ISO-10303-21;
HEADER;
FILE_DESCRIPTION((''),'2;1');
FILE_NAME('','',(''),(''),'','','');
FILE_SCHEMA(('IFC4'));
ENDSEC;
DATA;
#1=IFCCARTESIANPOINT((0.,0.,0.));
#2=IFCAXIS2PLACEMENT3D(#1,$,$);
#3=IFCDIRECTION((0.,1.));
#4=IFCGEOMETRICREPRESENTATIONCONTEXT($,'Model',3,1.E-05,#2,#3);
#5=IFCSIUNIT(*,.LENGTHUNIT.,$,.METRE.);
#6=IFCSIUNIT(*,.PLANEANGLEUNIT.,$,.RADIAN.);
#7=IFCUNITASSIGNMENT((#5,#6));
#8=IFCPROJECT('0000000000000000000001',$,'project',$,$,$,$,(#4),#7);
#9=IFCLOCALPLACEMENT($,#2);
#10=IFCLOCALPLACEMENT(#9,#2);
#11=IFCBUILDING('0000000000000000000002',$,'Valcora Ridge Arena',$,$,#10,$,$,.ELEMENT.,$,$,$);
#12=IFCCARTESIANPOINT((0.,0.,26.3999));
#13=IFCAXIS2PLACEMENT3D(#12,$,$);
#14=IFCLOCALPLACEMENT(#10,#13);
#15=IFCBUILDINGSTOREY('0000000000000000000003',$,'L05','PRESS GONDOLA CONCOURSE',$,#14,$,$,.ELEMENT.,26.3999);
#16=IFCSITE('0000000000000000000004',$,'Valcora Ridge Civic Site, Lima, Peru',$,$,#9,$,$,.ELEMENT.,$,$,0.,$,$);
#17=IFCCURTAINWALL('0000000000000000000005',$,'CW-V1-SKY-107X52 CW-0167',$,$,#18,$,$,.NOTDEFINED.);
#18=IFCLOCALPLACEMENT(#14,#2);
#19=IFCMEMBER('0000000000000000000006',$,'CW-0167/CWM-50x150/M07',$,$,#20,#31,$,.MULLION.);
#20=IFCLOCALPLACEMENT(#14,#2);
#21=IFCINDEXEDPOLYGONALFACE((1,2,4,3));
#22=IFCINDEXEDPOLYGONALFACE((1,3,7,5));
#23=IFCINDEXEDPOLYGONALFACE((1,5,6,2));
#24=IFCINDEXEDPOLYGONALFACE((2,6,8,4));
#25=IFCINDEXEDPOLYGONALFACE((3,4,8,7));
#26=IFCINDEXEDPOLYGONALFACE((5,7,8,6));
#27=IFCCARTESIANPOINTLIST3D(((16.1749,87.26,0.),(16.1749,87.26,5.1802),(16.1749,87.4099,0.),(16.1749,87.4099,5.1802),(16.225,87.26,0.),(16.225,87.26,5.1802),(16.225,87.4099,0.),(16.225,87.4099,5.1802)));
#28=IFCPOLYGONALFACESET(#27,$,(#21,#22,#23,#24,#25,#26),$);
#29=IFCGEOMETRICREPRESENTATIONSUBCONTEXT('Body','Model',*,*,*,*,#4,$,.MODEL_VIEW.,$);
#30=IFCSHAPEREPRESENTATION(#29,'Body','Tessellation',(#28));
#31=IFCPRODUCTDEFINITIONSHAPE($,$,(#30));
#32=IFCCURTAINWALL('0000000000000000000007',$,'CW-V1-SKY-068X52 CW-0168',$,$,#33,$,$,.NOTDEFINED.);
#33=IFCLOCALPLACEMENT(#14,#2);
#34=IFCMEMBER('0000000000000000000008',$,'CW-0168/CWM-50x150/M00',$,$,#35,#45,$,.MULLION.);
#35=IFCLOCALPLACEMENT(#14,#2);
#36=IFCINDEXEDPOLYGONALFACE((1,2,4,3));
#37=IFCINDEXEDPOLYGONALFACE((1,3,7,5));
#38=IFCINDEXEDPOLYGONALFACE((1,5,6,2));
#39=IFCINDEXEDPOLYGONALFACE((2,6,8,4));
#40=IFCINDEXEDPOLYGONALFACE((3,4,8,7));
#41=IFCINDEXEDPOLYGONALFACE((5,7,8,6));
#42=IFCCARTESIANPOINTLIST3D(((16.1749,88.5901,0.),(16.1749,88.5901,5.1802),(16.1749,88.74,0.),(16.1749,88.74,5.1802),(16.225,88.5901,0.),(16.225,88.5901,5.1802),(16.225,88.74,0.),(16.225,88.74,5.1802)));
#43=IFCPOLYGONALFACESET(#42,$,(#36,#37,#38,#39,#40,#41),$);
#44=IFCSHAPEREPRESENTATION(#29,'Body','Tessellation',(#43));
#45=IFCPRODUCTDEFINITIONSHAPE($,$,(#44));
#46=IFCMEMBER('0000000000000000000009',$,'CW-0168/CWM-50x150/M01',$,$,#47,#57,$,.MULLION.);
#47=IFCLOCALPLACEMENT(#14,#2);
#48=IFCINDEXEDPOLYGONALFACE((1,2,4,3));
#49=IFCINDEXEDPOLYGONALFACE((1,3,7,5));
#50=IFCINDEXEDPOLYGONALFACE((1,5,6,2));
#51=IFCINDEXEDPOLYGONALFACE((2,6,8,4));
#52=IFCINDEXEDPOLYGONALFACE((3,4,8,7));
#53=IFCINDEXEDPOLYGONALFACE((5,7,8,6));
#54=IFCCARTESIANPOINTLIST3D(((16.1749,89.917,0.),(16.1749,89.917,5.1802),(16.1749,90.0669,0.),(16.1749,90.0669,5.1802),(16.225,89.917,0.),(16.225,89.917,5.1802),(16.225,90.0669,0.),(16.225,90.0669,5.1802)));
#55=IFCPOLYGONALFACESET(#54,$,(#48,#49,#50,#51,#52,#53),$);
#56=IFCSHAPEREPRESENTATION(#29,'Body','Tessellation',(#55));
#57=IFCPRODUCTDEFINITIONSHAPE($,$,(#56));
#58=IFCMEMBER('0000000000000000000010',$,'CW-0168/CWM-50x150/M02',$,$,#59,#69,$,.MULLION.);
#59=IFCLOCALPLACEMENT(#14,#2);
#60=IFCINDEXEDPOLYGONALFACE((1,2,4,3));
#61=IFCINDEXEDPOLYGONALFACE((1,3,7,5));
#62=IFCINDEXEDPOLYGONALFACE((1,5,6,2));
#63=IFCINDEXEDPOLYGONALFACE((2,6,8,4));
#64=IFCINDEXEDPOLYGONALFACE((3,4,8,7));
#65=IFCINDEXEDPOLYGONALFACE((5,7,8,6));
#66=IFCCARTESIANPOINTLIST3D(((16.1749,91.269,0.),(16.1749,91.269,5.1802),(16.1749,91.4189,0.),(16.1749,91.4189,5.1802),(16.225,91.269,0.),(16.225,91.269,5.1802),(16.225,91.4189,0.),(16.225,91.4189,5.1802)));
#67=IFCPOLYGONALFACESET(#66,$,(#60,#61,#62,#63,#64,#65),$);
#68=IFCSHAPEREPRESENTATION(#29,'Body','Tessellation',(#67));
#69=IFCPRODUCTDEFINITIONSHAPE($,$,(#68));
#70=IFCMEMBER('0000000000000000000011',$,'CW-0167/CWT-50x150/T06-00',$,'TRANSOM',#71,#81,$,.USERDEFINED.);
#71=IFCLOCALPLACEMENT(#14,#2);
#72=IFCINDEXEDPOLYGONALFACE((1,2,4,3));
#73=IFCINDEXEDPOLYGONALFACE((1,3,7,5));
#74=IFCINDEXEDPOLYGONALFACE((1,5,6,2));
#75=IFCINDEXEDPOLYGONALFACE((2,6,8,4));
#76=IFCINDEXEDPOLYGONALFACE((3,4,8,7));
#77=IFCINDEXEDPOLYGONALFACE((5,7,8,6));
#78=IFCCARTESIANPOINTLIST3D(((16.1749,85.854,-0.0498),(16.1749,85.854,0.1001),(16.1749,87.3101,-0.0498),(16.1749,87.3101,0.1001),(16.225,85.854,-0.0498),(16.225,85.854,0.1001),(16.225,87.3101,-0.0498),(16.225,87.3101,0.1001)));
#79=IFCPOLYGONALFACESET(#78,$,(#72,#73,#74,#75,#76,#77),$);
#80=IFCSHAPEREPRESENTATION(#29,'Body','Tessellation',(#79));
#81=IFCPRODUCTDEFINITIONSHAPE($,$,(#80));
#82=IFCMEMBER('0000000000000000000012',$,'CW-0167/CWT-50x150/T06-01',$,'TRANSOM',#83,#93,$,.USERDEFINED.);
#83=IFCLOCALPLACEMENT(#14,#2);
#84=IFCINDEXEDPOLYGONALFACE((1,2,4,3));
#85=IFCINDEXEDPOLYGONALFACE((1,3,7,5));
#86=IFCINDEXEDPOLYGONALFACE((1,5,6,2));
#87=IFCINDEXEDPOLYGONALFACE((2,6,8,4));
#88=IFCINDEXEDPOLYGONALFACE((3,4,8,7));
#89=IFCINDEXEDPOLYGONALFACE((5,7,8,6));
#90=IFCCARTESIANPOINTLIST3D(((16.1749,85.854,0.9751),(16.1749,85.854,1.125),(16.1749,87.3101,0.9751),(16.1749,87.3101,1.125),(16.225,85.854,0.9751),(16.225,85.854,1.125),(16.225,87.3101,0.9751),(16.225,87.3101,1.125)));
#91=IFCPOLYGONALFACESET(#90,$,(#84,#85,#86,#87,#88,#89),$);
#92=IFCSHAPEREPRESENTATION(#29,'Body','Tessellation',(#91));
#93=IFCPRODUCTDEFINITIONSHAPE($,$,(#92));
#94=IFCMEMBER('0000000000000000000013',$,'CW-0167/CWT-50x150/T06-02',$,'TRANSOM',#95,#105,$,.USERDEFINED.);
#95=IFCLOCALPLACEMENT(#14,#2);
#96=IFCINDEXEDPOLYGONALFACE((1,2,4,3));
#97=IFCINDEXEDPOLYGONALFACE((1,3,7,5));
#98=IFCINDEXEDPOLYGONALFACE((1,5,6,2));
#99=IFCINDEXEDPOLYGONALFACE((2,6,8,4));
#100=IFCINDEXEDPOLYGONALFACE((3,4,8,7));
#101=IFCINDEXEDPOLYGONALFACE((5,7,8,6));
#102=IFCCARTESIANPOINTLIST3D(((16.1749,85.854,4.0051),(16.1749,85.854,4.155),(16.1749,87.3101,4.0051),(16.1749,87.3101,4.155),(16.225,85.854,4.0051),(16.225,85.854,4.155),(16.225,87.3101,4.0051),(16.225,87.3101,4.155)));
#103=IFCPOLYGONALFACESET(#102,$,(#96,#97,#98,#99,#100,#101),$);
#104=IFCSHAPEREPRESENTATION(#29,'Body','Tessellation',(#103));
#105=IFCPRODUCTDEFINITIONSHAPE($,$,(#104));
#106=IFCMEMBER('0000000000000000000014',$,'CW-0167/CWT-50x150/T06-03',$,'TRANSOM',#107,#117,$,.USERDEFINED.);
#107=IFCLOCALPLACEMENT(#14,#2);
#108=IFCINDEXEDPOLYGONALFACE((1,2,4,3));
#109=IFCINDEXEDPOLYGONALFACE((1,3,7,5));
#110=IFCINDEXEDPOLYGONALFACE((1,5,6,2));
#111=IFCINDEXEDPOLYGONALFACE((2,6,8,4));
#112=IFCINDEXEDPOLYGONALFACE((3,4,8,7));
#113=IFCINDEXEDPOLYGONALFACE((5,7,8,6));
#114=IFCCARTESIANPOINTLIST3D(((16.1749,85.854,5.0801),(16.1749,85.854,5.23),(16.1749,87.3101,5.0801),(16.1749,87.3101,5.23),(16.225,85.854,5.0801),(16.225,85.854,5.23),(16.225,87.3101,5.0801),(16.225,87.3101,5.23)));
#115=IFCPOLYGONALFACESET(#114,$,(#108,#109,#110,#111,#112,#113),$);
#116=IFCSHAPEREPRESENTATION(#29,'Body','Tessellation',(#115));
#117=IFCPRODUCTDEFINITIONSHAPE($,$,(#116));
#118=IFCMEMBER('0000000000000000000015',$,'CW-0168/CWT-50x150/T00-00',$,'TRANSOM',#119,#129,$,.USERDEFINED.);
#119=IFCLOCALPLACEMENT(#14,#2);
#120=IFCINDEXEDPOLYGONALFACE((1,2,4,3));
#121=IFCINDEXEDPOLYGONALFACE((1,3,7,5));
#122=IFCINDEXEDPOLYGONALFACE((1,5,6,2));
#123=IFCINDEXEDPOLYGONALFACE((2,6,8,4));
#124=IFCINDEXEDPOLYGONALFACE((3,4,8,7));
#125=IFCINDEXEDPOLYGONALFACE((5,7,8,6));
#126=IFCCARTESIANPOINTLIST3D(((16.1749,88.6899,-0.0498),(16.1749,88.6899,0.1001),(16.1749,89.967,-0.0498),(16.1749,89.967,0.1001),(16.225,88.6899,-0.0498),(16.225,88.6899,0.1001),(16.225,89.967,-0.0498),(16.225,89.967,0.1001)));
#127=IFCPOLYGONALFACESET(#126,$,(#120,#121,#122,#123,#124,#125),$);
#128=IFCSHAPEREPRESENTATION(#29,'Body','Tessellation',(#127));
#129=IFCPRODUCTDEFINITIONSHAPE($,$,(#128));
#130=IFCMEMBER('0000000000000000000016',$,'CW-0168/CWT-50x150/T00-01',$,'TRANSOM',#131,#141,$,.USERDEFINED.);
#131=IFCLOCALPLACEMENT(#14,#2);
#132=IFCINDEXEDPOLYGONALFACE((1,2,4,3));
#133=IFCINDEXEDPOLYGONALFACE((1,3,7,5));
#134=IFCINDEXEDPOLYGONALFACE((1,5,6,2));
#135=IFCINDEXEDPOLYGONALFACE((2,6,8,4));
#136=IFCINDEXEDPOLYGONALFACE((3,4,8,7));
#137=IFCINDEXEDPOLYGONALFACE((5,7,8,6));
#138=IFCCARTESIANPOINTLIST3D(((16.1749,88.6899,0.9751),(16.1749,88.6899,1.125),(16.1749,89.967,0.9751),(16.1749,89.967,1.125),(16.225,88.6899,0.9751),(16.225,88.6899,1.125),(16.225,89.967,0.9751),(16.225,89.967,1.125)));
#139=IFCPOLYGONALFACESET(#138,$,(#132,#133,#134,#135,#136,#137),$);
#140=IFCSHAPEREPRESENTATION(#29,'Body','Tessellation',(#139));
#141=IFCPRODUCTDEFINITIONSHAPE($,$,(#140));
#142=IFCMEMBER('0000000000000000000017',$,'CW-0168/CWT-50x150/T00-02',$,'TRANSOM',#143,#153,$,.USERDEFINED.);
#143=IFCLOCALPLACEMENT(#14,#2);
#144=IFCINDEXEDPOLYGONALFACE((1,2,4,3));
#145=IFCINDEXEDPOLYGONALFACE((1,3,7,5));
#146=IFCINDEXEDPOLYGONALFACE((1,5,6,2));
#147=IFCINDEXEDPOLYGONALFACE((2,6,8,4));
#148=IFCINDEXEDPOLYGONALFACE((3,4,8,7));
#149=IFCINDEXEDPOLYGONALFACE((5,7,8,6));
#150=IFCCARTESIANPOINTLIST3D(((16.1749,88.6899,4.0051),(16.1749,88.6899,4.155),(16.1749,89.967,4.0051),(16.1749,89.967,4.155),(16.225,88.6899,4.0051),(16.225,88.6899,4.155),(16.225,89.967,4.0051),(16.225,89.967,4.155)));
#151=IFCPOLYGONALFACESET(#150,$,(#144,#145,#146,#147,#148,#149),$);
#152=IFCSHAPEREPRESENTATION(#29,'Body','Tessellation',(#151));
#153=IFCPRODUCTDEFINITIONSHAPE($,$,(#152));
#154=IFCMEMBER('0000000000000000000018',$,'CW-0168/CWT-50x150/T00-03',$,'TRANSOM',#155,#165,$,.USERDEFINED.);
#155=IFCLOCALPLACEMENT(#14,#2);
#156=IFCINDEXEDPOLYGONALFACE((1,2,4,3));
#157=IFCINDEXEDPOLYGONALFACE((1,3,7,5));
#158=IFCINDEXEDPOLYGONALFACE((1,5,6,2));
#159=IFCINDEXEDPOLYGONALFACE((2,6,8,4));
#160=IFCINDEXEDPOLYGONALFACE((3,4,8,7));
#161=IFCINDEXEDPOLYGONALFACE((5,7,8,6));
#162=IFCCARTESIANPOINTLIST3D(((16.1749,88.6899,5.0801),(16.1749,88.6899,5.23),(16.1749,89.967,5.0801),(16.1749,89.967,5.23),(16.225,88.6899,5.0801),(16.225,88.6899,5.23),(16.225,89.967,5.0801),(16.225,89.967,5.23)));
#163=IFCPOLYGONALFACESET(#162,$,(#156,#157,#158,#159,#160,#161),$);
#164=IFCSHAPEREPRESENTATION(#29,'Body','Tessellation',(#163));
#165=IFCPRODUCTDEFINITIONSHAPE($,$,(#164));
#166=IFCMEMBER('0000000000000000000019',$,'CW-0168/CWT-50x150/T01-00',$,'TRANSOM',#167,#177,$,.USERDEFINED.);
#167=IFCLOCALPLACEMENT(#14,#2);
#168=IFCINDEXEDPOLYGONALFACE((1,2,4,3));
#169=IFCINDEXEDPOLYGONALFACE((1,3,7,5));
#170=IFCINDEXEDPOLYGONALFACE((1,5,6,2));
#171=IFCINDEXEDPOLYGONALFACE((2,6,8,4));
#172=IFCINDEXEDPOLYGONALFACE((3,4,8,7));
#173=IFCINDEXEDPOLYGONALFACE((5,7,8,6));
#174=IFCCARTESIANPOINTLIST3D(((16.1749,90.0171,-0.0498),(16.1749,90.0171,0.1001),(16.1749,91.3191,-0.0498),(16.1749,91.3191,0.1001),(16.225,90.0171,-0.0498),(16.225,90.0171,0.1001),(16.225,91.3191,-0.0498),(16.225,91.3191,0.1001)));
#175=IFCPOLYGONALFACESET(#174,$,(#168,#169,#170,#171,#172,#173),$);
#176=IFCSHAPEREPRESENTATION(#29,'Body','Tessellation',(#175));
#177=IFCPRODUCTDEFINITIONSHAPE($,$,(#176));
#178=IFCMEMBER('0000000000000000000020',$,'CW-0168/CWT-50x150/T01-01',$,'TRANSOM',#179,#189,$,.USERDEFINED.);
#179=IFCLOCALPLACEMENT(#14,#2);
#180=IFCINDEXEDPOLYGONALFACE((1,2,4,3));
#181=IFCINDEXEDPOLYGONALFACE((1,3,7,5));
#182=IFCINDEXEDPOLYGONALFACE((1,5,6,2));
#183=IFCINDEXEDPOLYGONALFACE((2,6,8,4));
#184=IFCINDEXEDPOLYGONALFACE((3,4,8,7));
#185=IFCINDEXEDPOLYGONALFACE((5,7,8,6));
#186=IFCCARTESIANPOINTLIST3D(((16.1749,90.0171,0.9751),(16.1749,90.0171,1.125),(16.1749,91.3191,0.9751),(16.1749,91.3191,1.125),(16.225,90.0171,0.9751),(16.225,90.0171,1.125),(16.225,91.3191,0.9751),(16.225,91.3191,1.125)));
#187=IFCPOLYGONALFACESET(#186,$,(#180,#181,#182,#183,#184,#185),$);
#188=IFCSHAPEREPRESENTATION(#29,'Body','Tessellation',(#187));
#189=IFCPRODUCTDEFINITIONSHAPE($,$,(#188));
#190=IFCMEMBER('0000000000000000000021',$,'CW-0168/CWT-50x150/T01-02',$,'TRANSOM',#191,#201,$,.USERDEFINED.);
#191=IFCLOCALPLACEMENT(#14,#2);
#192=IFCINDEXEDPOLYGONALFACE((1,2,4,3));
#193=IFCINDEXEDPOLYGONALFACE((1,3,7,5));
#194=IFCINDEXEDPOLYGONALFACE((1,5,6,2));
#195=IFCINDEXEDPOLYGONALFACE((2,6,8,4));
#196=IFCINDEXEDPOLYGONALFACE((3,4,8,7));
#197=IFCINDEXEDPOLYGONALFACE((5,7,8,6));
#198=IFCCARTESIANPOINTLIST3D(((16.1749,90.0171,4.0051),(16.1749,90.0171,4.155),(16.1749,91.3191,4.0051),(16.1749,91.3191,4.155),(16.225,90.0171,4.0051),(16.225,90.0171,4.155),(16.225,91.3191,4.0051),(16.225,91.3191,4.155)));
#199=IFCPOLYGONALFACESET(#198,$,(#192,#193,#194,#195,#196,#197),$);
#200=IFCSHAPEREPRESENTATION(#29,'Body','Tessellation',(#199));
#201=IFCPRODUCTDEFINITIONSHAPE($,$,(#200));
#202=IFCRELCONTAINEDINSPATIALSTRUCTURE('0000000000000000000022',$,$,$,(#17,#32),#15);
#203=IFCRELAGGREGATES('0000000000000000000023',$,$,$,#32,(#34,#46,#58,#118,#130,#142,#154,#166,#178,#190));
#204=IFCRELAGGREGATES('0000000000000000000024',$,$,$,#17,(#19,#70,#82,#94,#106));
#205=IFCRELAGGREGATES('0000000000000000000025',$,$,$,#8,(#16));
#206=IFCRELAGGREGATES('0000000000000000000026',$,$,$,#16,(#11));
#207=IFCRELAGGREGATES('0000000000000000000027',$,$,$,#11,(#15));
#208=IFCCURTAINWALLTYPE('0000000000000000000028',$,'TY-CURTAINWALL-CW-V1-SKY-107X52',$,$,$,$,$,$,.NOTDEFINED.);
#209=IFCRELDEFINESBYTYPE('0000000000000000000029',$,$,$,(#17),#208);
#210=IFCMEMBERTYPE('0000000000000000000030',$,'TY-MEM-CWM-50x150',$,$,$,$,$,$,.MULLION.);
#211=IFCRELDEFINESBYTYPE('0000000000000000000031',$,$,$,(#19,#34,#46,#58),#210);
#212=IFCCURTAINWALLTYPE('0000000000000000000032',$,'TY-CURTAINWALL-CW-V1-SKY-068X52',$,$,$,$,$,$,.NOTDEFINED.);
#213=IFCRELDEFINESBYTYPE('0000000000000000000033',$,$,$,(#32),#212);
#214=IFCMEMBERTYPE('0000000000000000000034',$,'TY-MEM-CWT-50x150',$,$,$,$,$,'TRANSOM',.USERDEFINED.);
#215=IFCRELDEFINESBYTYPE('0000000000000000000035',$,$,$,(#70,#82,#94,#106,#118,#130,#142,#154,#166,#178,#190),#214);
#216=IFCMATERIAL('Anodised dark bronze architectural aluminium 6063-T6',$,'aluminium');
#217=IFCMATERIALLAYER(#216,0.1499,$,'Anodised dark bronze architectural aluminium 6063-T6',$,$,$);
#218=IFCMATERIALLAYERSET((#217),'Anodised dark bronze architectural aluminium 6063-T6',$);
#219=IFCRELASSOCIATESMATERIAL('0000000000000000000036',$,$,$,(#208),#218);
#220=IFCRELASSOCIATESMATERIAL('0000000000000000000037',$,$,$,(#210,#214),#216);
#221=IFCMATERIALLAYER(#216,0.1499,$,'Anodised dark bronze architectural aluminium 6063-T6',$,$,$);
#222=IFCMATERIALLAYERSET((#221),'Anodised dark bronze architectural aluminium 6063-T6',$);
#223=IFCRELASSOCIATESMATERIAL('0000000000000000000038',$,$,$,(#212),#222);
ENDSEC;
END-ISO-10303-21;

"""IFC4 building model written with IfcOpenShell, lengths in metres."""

from ifc_helpers import new_model, si_unit, direction, frame, origin, origin_2d, place, context, subcontext, project, spatial, rectangle, extrude, material, layer, layer_set, material_profile, profile_set, type_object, element, aggregate, save


model = new_model("IFC4")

# Units and contexts
model_context = context("Model", 3, precision=1e-05, world=origin(), true_north=direction((0.0, 1.0)))
body_context = subcontext(model_context, "Body", "Model", "MODEL_VIEW")
ifc_project = project(units=[si_unit("LENGTHUNIT", "METRE"), si_unit("PLANEANGLEUNIT", "RADIAN")], contexts=[model_context])

# Site, building, storey
site_placement = place(None, origin())
site = spatial("IfcSite", under=ifc_project, at=site_placement, Name="Valcora Ridge Civic Site, Lima, Peru", CompositionType="ELEMENT", RefElevation=0.0)
building_placement = place(site_placement, origin())
building = spatial("IfcBuilding", under=site, at=building_placement, Name="Valcora Ridge Arena", CompositionType="ELEMENT")
storey_placement = place(building_placement, frame((0.0, 0.0, 26.3999)))
storey = spatial("IfcBuildingStorey", under=building, at=storey_placement, Name="L05", Description="PRESS GONDOLA CONCOURSE", CompositionType="ELEMENT", Elevation=26.3999)

# Curtain wall, member
ifc_material_1 = material(Name="Anodised dark bronze architectural aluminium 6063-T6", Category="aluminium")
ifc_layer_1 = layer(ifc_material_1, 0.1499, Name="Anodised dark bronze architectural aluminium 6063-T6")
ifc_layer_set_1 = layer_set([ifc_layer_1], Name="Anodised dark bronze architectural aluminium 6063-T6")
curtain_wall_type_1 = type_object("IfcCurtainWallType", Name="TY-CURTAINWALL-CW-V1-SKY-107X52", PredefinedType="NOTDEFINED", material=ifc_layer_set_1)
curtain_wall_1_placement = place(storey_placement, origin())
curtain_wall_1 = element("IfcCurtainWall", 1, at=curtain_wall_1_placement, inside=storey, type_object=curtain_wall_type_1, Name="CW-V1-SKY-107X52 CW-0167", PredefinedType="NOTDEFINED")
ifc_material_profile_1 = material_profile(ifc_material_1, rectangle(XDim=0.05, YDim=0.1499, at=origin_2d()), Name="ALU MULLION 50x150")
ifc_profile_set_1 = profile_set([ifc_material_profile_1], Name="Anodised dark bronze architectural aluminium 6063-T6")
member_type_1 = type_object("IfcMemberType", Name="TY-MEM-CWM-50x150", PredefinedType="MULLION", material=ifc_profile_set_1)
member_1_placement = place(storey_placement, frame((16.2, 87.335, 0.0), z_axis=(0.0, 0.0, 1.0), x_axis=(-1.0, 0.0, 0.0)))
member_1 = element("IfcMember", 2, at=member_1_placement, type_object=member_type_1, Name="CW-0167/CWM-50x150/M07", PredefinedType="MULLION", context=body_context, shape_type="SweptSolid", body=[
    extrude(rectangle(XDim=0.05, YDim=0.1499, at=origin_2d()), origin(), (0.0, 0.0, 1.0), 5.1802),
])

# Curtain wall, members
ifc_layer_2 = layer(ifc_material_1, 0.1499, Name="Anodised dark bronze architectural aluminium 6063-T6")
ifc_layer_set_2 = layer_set([ifc_layer_2], Name="Anodised dark bronze architectural aluminium 6063-T6")
curtain_wall_type_2 = type_object("IfcCurtainWallType", Name="TY-CURTAINWALL-CW-V1-SKY-068X52", PredefinedType="NOTDEFINED", material=ifc_layer_set_2)
curtain_wall_2_placement = place(storey_placement, origin())
curtain_wall_2 = element("IfcCurtainWall", 3, at=curtain_wall_2_placement, inside=storey, type_object=curtain_wall_type_2, Name="CW-V1-SKY-068X52 CW-0168", PredefinedType="NOTDEFINED")
member_2_placement = place(storey_placement, frame((16.2, 88.665, 0.0), z_axis=(0.0, 0.0, 1.0), x_axis=(-1.0, 0.0, 0.0)))
member_2 = element("IfcMember", 4, at=member_2_placement, type_object=member_type_1, Name="CW-0168/CWM-50x150/M00", PredefinedType="MULLION", context=body_context, shape_type="SweptSolid", body=[
    extrude(rectangle(XDim=0.05, YDim=0.1499, at=origin_2d()), origin(), (0.0, 0.0, 1.0), 5.1802),
])
member_3_placement = place(storey_placement, frame((16.2, 89.9919, 0.0), z_axis=(0.0, 0.0, 1.0), x_axis=(-1.0, 0.0, 0.0)))
member_3 = element("IfcMember", 5, at=member_3_placement, type_object=member_type_1, Name="CW-0168/CWM-50x150/M01", PredefinedType="MULLION", context=body_context, shape_type="SweptSolid", body=[
    extrude(rectangle(XDim=0.05, YDim=0.1499, at=origin_2d()), origin(), (0.0, 0.0, 1.0), 5.1802),
])
member_4_placement = place(storey_placement, frame((16.2, 91.344, 0.0), z_axis=(0.0, 0.0, 1.0), x_axis=(-1.0, 0.0, 0.0)))
member_4 = element("IfcMember", 6, at=member_4_placement, type_object=member_type_1, Name="CW-0168/CWM-50x150/M02", PredefinedType="MULLION", context=body_context, shape_type="SweptSolid", body=[
    extrude(rectangle(XDim=0.05, YDim=0.1499, at=origin_2d()), origin(), (0.0, 0.0, 1.0), 5.1802),
])

# Members
ifc_material_profile_2 = material_profile(ifc_material_1, rectangle(XDim=0.05, YDim=0.1499, at=origin_2d()), Name="ALU TRANSOM 50x150")
ifc_profile_set_2 = profile_set([ifc_material_profile_2], Name="Anodised dark bronze architectural aluminium 6063-T6")
member_type_2 = type_object("IfcMemberType", Name="TY-MEM-CWT-50x150", ElementType="TRANSOM", PredefinedType="USERDEFINED", material=ifc_profile_set_2)
member_5_placement = place(storey_placement, frame((16.2, 85.854, 0.0251), z_axis=(0.0, 1.0, 0.0), x_axis=(-1.0, 0.0, 0.0)))
member_5 = element("IfcMember", 7, at=member_5_placement, type_object=member_type_2, Name="CW-0167/CWT-50x150/T06-00", ObjectType="TRANSOM", PredefinedType="USERDEFINED", context=body_context, shape_type="SweptSolid", body=[
    extrude(rectangle(XDim=0.05, YDim=0.1499, at=origin_2d()), origin(), (0.0, 0.0, 1.0), 1.4561),
])
member_6_placement = place(storey_placement, frame((16.2, 85.854, 1.05), z_axis=(0.0, 1.0, 0.0), x_axis=(-1.0, 0.0, 0.0)))
member_6 = element("IfcMember", 8, at=member_6_placement, type_object=member_type_2, Name="CW-0167/CWT-50x150/T06-01", ObjectType="TRANSOM", PredefinedType="USERDEFINED", context=body_context, shape_type="SweptSolid", body=[
    extrude(rectangle(XDim=0.05, YDim=0.1499, at=origin_2d()), origin(), (0.0, 0.0, 1.0), 1.4561),
])
member_7_placement = place(storey_placement, frame((16.2, 85.854, 4.0801), z_axis=(0.0, 1.0, 0.0), x_axis=(-1.0, 0.0, 0.0)))
member_7 = element("IfcMember", 9, at=member_7_placement, type_object=member_type_2, Name="CW-0167/CWT-50x150/T06-02", ObjectType="TRANSOM", PredefinedType="USERDEFINED", context=body_context, shape_type="SweptSolid", body=[
    extrude(rectangle(XDim=0.05, YDim=0.1499, at=origin_2d()), origin(), (0.0, 0.0, 1.0), 1.4561),
])
member_8_placement = place(storey_placement, frame((16.2, 85.854, 5.155), z_axis=(0.0, 1.0, 0.0), x_axis=(-1.0, 0.0, 0.0)))
member_8 = element("IfcMember", 10, at=member_8_placement, type_object=member_type_2, Name="CW-0167/CWT-50x150/T06-03", ObjectType="TRANSOM", PredefinedType="USERDEFINED", context=body_context, shape_type="SweptSolid", body=[
    extrude(rectangle(XDim=0.05, YDim=0.1499, at=origin_2d()), origin(), (0.0, 0.0, 1.0), 1.4561),
])
member_9_placement = place(storey_placement, frame((16.2, 88.6899, 0.0251), z_axis=(0.0, 1.0, 0.0), x_axis=(-1.0, 0.0, 0.0)))
member_9 = element("IfcMember", 11, at=member_9_placement, type_object=member_type_2, Name="CW-0168/CWT-50x150/T00-00", ObjectType="TRANSOM", PredefinedType="USERDEFINED", context=body_context, shape_type="SweptSolid", body=[
    extrude(rectangle(XDim=0.05, YDim=0.1499, at=origin_2d()), origin(), (0.0, 0.0, 1.0), 1.2771),
])
member_10_placement = place(storey_placement, frame((16.2, 88.6899, 1.05), z_axis=(0.0, 1.0, 0.0), x_axis=(-1.0, 0.0, 0.0)))
member_10 = element("IfcMember", 12, at=member_10_placement, type_object=member_type_2, Name="CW-0168/CWT-50x150/T00-01", ObjectType="TRANSOM", PredefinedType="USERDEFINED", context=body_context, shape_type="SweptSolid", body=[
    extrude(rectangle(XDim=0.05, YDim=0.1499, at=origin_2d()), origin(), (0.0, 0.0, 1.0), 1.2771),
])
member_11_placement = place(storey_placement, frame((16.2, 88.6899, 4.0801), z_axis=(0.0, 1.0, 0.0), x_axis=(-1.0, 0.0, 0.0)))
member_11 = element("IfcMember", 13, at=member_11_placement, type_object=member_type_2, Name="CW-0168/CWT-50x150/T00-02", ObjectType="TRANSOM", PredefinedType="USERDEFINED", context=body_context, shape_type="SweptSolid", body=[
    extrude(rectangle(XDim=0.05, YDim=0.1499, at=origin_2d()), origin(), (0.0, 0.0, 1.0), 1.2771),
])
member_12_placement = place(storey_placement, frame((16.2, 88.6899, 5.155), z_axis=(0.0, 1.0, 0.0), x_axis=(-1.0, 0.0, 0.0)))
member_12 = element("IfcMember", 14, at=member_12_placement, type_object=member_type_2, Name="CW-0168/CWT-50x150/T00-03", ObjectType="TRANSOM", PredefinedType="USERDEFINED", context=body_context, shape_type="SweptSolid", body=[
    extrude(rectangle(XDim=0.05, YDim=0.1499, at=origin_2d()), origin(), (0.0, 0.0, 1.0), 1.2771),
])
member_13_placement = place(storey_placement, frame((16.2, 90.0171, 0.0251), z_axis=(0.0, 1.0, 0.0), x_axis=(-1.0, 0.0, 0.0)))
member_13 = element("IfcMember", 15, at=member_13_placement, type_object=member_type_2, Name="CW-0168/CWT-50x150/T01-00", ObjectType="TRANSOM", PredefinedType="USERDEFINED", context=body_context, shape_type="SweptSolid", body=[
    extrude(rectangle(XDim=0.05, YDim=0.1499, at=origin_2d()), origin(), (0.0, 0.0, 1.0), 1.302),
])
member_14_placement = place(storey_placement, frame((16.2, 90.0171, 1.05), z_axis=(0.0, 1.0, 0.0), x_axis=(-1.0, 0.0, 0.0)))
member_14 = element("IfcMember", 16, at=member_14_placement, type_object=member_type_2, Name="CW-0168/CWT-50x150/T01-01", ObjectType="TRANSOM", PredefinedType="USERDEFINED", context=body_context, shape_type="SweptSolid", body=[
    extrude(rectangle(XDim=0.05, YDim=0.1499, at=origin_2d()), origin(), (0.0, 0.0, 1.0), 1.302),
])
member_15_placement = place(storey_placement, frame((16.2, 90.0171, 4.0801), z_axis=(0.0, 1.0, 0.0), x_axis=(-1.0, 0.0, 0.0)))
member_15 = element("IfcMember", 17, at=member_15_placement, type_object=member_type_2, Name="CW-0168/CWT-50x150/T01-02", ObjectType="TRANSOM", PredefinedType="USERDEFINED", context=body_context, shape_type="SweptSolid", body=[
    extrude(rectangle(XDim=0.05, YDim=0.1499, at=origin_2d()), origin(), (0.0, 0.0, 1.0), 1.302),
])

aggregate(curtain_wall_2, [member_2, member_3, member_4, member_9, member_10, member_11, member_12, member_13, member_14, member_15])
aggregate(curtain_wall_1, [member_1, member_5, member_6, member_7, member_8])

save(model, "model.ifc")
